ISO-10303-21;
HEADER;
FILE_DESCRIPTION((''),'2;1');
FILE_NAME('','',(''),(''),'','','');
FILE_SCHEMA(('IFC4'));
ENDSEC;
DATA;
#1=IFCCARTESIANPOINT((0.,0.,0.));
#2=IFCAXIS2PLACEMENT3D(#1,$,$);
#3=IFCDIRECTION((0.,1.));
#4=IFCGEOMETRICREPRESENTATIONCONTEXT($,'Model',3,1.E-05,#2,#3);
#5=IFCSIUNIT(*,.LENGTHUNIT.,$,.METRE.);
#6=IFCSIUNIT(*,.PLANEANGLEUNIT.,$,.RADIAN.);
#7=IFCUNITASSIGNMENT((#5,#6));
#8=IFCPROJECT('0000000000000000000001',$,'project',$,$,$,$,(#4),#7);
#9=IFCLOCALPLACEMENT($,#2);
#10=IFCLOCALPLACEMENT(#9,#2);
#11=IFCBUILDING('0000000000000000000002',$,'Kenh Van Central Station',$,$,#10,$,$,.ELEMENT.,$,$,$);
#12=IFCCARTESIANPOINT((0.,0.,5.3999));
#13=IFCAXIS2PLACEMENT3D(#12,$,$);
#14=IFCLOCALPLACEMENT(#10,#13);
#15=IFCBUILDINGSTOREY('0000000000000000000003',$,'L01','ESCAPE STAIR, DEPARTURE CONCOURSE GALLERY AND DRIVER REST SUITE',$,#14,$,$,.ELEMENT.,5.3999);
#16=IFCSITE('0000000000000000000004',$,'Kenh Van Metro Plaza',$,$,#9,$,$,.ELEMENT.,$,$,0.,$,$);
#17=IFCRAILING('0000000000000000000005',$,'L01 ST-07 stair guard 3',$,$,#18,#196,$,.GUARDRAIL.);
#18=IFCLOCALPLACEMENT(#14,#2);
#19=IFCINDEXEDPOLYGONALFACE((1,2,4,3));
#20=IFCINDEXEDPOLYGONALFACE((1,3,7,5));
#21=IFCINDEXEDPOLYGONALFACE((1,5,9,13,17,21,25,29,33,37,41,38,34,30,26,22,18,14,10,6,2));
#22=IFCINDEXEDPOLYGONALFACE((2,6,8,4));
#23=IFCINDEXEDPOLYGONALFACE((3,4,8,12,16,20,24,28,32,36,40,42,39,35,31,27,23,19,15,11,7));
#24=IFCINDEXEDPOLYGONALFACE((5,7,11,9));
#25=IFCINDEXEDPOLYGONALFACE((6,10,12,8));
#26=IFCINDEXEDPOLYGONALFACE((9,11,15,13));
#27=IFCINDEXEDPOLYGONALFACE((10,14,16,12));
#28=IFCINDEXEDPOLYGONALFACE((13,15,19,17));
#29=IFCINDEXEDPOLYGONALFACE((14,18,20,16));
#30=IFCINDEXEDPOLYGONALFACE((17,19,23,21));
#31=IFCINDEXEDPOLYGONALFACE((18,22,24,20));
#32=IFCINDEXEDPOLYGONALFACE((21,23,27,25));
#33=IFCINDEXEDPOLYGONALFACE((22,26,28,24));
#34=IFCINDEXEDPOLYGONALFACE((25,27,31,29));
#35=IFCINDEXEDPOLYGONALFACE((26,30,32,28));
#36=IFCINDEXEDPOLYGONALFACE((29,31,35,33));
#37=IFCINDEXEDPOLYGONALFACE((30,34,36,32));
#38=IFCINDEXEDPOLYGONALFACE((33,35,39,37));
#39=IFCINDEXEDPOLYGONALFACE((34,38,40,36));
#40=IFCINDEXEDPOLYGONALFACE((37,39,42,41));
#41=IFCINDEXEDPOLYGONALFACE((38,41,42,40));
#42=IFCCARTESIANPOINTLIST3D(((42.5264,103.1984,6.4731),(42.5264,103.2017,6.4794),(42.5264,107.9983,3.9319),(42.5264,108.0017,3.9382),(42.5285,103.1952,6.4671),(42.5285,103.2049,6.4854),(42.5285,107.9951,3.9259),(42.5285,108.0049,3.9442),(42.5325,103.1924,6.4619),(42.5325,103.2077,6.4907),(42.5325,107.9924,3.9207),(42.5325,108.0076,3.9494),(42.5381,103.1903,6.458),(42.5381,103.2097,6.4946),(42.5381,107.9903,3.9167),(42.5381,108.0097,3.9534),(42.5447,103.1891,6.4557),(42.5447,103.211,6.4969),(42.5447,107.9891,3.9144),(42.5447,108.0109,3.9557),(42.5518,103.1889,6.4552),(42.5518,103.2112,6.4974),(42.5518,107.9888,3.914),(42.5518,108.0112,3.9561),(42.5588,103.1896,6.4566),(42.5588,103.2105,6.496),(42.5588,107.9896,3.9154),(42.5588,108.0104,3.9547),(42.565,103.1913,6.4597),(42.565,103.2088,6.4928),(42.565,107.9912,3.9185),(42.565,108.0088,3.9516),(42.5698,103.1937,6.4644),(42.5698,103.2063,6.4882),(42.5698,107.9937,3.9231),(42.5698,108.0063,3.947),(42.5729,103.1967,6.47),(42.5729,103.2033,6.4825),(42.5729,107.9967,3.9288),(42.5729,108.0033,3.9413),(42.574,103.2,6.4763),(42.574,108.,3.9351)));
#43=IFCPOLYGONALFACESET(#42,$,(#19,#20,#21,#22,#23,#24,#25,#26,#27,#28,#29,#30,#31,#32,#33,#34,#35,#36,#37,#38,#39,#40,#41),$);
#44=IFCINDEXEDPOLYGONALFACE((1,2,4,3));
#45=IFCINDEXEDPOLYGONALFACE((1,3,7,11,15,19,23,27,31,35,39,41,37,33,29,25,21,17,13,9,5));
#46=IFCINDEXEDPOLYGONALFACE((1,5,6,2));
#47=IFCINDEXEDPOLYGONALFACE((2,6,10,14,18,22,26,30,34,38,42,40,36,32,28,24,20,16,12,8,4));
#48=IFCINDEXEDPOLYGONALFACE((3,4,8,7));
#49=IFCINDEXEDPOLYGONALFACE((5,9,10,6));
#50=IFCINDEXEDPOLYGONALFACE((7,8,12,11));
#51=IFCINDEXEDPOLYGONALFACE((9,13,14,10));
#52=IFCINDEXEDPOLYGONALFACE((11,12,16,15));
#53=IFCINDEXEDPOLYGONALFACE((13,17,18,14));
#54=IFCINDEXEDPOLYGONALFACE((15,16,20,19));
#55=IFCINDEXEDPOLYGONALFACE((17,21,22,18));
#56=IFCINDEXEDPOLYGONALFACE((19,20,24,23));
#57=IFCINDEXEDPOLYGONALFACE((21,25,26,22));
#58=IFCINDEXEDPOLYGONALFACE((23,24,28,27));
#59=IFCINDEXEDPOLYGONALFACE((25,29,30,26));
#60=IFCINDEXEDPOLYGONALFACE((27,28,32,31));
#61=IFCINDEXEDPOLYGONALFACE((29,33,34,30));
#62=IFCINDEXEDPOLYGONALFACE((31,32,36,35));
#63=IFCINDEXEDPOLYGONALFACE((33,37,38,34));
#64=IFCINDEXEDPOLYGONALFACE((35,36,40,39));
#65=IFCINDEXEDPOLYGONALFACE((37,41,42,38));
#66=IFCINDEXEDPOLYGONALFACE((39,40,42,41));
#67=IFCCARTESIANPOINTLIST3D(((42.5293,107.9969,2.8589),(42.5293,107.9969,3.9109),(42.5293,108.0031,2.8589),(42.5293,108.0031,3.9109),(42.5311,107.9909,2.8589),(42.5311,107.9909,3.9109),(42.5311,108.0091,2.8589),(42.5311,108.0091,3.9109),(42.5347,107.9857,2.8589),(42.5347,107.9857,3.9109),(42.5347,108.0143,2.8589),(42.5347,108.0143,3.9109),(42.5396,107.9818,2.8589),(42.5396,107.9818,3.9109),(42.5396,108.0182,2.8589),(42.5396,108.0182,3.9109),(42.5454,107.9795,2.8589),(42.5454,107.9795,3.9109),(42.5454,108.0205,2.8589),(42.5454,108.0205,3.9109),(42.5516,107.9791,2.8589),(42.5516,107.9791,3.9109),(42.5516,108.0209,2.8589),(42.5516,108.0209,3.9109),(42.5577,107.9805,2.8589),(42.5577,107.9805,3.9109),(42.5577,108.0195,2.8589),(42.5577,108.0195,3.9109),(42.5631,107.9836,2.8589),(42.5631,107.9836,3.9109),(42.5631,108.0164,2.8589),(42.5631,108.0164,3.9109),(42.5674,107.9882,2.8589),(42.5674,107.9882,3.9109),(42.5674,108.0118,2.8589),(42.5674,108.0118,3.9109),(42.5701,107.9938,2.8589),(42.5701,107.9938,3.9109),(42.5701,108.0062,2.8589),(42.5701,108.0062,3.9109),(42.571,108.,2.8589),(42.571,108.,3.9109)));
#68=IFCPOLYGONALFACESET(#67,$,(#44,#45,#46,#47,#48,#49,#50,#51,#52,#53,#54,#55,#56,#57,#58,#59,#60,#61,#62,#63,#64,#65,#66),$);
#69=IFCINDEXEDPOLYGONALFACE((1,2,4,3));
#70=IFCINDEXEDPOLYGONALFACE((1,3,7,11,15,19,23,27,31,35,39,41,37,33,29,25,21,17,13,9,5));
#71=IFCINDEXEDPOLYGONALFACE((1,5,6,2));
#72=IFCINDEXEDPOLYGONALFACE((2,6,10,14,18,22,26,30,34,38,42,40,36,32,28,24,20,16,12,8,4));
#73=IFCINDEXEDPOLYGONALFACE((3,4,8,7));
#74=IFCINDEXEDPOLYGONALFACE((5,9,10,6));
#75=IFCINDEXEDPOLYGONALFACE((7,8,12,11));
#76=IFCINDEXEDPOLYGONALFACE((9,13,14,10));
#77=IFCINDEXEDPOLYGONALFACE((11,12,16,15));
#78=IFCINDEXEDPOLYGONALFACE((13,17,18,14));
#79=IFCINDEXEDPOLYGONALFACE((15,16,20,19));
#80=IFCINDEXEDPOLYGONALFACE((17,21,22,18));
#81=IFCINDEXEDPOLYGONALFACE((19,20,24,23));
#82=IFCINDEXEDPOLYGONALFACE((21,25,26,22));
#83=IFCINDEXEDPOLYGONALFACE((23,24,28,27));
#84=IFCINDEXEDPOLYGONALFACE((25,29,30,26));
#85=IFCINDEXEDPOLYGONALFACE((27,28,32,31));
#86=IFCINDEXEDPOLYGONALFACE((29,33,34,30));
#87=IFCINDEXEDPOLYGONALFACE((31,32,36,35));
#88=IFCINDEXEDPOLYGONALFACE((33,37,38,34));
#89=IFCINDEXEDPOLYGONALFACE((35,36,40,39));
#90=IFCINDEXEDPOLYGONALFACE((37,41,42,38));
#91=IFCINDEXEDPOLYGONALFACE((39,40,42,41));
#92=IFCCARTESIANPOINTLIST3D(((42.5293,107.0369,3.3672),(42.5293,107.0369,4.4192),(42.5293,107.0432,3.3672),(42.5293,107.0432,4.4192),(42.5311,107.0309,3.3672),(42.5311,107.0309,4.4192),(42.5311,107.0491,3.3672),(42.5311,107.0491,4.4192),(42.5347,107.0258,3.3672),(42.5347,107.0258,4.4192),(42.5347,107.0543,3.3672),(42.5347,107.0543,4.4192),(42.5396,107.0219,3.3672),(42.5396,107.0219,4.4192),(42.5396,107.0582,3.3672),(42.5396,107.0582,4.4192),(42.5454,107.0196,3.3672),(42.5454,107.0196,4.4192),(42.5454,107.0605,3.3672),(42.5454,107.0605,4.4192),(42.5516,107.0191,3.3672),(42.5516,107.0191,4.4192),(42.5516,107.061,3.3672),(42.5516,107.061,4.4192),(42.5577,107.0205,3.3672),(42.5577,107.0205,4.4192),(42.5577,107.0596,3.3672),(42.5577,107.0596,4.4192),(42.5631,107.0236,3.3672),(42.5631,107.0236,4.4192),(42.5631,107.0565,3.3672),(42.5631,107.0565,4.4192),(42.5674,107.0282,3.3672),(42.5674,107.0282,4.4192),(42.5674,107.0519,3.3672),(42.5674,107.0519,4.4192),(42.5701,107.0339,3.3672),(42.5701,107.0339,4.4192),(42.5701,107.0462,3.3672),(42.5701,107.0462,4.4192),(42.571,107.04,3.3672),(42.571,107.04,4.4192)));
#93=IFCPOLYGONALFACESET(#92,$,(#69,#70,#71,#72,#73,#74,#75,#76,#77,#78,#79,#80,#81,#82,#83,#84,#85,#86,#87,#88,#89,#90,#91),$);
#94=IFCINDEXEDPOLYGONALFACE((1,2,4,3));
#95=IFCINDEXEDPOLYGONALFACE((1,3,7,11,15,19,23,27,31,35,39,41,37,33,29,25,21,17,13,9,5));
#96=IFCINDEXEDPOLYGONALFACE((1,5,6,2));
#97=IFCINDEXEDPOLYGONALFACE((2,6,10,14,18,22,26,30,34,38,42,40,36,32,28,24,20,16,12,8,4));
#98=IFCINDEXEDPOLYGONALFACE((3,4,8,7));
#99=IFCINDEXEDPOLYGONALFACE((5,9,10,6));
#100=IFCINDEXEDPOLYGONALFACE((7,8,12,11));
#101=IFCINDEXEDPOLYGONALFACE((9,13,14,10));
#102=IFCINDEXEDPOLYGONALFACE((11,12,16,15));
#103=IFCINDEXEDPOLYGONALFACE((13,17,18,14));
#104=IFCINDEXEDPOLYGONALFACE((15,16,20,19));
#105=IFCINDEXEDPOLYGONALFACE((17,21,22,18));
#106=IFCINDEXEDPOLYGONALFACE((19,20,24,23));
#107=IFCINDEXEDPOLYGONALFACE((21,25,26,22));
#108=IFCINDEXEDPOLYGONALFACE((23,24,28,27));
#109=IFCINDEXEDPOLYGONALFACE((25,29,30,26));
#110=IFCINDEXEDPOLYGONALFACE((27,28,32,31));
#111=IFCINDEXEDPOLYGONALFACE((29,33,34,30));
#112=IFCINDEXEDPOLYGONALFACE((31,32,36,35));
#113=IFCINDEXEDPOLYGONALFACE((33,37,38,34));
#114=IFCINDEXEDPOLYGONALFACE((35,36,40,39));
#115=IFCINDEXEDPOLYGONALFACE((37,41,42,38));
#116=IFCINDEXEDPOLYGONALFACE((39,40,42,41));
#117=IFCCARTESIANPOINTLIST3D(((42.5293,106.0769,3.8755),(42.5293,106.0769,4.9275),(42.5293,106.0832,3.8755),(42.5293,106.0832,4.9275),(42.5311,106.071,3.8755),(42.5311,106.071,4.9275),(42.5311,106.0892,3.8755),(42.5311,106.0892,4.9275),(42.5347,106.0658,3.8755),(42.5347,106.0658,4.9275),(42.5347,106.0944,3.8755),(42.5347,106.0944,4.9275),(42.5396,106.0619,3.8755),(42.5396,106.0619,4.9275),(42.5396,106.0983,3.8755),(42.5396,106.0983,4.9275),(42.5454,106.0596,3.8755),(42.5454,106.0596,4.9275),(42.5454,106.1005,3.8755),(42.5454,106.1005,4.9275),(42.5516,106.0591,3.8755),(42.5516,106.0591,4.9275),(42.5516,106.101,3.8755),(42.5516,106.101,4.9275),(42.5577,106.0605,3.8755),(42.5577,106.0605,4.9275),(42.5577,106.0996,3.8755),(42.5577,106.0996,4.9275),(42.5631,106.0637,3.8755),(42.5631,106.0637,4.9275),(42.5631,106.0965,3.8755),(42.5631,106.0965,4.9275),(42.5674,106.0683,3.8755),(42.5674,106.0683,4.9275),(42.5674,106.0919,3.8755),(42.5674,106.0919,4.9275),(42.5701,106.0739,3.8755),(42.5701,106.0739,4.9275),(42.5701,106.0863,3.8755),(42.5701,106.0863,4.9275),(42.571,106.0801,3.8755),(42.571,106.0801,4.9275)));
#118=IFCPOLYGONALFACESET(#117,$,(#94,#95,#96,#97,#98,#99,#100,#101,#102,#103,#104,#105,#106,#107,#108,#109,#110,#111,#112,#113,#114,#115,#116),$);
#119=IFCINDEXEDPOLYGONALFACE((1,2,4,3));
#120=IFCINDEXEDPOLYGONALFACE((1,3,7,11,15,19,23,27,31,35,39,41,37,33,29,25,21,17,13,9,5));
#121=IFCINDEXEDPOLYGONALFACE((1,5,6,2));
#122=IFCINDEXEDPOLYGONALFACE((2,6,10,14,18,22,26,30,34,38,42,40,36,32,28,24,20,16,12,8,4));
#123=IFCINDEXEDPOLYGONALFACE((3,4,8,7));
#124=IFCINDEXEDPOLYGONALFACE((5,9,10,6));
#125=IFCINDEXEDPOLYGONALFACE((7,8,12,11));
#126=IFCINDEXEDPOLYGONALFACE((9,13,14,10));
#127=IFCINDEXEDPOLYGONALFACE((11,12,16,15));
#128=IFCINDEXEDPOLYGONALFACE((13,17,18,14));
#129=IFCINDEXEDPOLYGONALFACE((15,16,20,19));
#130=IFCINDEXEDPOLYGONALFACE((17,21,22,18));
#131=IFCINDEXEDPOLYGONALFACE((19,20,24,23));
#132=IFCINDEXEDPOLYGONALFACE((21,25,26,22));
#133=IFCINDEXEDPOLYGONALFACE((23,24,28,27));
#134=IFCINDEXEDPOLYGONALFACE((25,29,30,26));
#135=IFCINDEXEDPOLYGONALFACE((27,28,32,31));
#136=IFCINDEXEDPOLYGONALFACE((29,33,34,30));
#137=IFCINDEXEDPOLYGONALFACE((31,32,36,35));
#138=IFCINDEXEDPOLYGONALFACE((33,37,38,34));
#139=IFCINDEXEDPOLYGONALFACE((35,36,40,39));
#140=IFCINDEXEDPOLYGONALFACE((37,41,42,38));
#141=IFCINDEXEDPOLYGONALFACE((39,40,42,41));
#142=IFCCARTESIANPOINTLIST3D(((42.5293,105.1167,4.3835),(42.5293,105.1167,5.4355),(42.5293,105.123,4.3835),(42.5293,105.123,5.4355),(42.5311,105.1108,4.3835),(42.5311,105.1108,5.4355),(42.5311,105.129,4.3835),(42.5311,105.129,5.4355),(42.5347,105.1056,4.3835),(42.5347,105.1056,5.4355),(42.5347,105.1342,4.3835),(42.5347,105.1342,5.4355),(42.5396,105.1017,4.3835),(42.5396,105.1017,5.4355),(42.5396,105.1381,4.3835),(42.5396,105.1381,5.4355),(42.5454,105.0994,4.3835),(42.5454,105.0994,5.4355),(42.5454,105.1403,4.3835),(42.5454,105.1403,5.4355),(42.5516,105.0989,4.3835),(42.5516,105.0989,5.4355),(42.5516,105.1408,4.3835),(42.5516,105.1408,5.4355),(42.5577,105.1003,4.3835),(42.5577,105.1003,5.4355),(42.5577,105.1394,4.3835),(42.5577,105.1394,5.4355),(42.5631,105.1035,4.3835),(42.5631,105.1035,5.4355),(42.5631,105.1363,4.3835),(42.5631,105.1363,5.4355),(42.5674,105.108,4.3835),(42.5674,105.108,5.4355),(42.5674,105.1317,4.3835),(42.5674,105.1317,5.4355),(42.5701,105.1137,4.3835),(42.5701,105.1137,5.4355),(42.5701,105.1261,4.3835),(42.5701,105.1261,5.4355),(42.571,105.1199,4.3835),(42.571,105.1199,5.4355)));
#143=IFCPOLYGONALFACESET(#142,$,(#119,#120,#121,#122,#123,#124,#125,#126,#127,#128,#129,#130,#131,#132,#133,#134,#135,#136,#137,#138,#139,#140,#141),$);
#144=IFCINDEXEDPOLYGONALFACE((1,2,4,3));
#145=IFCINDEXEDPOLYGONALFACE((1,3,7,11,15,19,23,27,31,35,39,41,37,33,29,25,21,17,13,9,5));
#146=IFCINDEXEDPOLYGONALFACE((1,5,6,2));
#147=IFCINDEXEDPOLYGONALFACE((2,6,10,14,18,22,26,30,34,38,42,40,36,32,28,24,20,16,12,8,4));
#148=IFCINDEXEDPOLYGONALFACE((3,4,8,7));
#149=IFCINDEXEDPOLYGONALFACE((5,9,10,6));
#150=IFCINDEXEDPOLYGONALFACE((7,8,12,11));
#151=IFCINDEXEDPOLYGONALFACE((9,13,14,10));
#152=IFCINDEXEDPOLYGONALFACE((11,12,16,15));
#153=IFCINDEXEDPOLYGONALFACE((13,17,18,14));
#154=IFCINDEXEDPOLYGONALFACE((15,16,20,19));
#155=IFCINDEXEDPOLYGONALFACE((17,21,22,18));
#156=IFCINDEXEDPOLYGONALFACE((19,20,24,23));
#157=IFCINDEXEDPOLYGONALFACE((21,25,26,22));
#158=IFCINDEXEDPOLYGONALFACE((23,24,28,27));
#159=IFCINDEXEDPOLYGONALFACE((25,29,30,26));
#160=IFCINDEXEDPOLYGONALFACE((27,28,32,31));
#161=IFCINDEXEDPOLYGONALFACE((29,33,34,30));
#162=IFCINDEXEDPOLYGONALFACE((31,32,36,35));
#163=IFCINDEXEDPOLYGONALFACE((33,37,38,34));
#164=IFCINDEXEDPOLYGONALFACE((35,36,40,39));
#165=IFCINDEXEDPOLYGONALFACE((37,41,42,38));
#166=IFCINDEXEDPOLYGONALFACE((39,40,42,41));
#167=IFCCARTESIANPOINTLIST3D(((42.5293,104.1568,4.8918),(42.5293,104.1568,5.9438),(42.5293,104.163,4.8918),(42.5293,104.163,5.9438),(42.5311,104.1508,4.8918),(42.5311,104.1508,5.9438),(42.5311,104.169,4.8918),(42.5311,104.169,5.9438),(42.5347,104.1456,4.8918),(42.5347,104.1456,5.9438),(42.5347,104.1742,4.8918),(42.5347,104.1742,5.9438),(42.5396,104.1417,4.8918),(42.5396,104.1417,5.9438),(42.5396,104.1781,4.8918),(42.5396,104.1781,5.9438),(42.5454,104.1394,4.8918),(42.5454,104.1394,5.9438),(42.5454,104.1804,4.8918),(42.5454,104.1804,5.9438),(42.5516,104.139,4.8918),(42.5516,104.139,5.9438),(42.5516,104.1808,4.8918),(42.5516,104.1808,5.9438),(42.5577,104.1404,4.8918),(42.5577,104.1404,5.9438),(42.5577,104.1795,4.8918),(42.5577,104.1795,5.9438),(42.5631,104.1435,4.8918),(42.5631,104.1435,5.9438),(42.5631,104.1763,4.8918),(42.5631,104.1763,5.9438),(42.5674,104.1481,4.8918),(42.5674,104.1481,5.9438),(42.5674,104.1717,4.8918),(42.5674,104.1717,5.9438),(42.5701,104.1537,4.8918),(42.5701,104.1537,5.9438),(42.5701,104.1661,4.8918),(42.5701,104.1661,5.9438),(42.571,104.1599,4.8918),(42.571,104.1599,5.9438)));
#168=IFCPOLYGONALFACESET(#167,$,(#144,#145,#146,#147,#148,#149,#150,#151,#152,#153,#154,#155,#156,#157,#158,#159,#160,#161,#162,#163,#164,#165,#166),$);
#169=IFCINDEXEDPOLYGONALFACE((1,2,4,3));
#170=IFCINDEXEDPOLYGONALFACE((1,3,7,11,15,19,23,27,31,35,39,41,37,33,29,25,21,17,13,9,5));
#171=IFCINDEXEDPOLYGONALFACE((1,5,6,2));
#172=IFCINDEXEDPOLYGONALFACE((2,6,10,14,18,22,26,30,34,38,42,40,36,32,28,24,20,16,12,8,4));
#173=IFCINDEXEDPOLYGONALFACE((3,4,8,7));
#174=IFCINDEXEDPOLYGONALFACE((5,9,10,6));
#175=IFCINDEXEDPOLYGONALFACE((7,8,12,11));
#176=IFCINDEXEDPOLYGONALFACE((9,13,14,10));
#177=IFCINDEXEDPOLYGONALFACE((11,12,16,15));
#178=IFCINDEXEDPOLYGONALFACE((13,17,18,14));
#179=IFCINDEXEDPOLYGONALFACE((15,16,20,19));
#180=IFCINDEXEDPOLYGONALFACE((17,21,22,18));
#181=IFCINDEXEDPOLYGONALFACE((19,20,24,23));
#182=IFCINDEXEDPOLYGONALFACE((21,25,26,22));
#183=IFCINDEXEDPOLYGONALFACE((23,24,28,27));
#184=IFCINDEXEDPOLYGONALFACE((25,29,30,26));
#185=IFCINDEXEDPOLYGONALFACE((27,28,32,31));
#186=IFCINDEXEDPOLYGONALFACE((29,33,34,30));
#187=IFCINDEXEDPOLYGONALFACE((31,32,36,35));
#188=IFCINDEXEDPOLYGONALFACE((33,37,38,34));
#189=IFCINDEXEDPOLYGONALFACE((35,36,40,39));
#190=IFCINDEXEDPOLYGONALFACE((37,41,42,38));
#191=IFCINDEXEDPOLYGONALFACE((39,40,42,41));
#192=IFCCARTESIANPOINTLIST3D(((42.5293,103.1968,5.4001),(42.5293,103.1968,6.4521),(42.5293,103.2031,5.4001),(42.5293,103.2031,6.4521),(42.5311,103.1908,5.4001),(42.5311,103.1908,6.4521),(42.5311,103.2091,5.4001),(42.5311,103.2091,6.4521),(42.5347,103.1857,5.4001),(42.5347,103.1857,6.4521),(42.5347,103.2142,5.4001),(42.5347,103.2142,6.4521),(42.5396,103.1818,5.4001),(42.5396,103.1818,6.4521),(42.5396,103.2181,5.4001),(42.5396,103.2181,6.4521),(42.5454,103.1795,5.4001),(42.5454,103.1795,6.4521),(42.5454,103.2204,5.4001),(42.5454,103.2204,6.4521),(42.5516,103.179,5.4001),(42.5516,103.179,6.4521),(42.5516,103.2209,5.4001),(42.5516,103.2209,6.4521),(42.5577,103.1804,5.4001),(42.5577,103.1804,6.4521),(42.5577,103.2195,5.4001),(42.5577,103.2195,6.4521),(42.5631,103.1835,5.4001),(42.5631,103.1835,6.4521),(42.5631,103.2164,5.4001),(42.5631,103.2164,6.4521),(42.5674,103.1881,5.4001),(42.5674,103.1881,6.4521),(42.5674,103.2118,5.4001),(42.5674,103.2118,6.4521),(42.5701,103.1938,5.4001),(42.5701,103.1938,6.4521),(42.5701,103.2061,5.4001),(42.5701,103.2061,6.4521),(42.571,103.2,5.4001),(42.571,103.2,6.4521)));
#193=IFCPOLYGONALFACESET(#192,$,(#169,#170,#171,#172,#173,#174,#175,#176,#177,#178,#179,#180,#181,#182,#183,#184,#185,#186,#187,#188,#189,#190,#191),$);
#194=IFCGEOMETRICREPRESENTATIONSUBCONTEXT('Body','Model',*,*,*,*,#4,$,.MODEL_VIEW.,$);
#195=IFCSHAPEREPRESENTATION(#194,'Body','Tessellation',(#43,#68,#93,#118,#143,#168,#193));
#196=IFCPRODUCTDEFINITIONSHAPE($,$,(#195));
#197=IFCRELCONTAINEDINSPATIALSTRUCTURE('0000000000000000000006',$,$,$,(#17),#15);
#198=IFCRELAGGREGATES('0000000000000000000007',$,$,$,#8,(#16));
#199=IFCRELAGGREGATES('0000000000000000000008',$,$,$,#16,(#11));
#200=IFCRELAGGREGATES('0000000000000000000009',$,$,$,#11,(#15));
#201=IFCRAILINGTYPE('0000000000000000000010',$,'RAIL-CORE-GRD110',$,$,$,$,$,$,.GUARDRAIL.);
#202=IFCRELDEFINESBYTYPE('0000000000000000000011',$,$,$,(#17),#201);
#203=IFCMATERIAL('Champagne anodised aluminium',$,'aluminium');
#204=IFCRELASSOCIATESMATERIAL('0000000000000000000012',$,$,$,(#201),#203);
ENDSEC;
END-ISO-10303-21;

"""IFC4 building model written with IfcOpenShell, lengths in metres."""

from ifc_helpers import new_model, si_unit, direction, frame, origin, origin_2d, place, context, subcontext, project, spatial, circle, extrude, material, type_object, element, save


model = new_model("IFC4")

# Units and contexts
model_context = context("Model", 3, precision=1e-05, world=origin(), true_north=direction((0.0, 1.0)))
body_context = subcontext(model_context, "Body", "Model", "MODEL_VIEW")
ifc_project = project(units=[si_unit("LENGTHUNIT", "METRE"), si_unit("PLANEANGLEUNIT", "RADIAN")], contexts=[model_context])

# Site, building, storey
site_placement = place(None, origin())
site = spatial("IfcSite", under=ifc_project, at=site_placement, Name="Kenh Van Metro Plaza", CompositionType="ELEMENT", RefElevation=0.0)
building_placement = place(site_placement, origin())
building = spatial("IfcBuilding", under=site, at=building_placement, Name="Kenh Van Central Station", CompositionType="ELEMENT")
storey_placement = place(building_placement, frame((0.0, 0.0, 5.3999)))
storey = spatial("IfcBuildingStorey", under=building, at=storey_placement, Name="L01", Description="ESCAPE STAIR, DEPARTURE CONCOURSE GALLERY AND DRIVER REST SUITE", CompositionType="ELEMENT", Elevation=5.3999)

# Shared definitions
ifc_material_1 = material(Name="Champagne anodised aluminium", Category="aluminium")

# Railing
railing_type_1 = type_object("IfcRailingType", Name="RAIL-CORE-GRD110", PredefinedType="GUARDRAIL", material=ifc_material_1)
railing_1_placement = place(storey_placement, frame((42.55, 108.0, 2.8589)))
element("IfcRailing", 1, at=railing_1_placement, inside=storey, type_object=railing_type_1, Name="L01 ST-07 stair guard 3", PredefinedType="GUARDRAIL", context=body_context, shape_type="SweptSolid", body=[
    extrude(circle(Radius=0.0239, at=origin_2d()), frame((0.0, 0.0, 1.0762), z_axis=(0.0, -0.883784, 0.467896), x_axis=(1.0, 0.0, 0.0)), (0.0, 0.0, 1.0), 5.4312),
    extrude(circle(Radius=0.021, at=origin_2d()), origin(), (0.0, 0.0, 1.0), 1.052),
    extrude(circle(Radius=0.021, at=origin_2d()), frame((0.0, -0.96, 0.5083)), (0.0, 0.0, 1.0), 1.052),
    extrude(circle(Radius=0.021, at=origin_2d()), frame((0.0, -1.9199, 1.0166)), (0.0, 0.0, 1.0), 1.052),
    extrude(circle(Radius=0.021, at=origin_2d()), frame((0.0, -2.8801, 1.5247)), (0.0, 0.0, 1.0), 1.052),
    extrude(circle(Radius=0.021, at=origin_2d()), frame((0.0, -3.8401, 2.033)), (0.0, 0.0, 1.0), 1.052),
    extrude(circle(Radius=0.021, at=origin_2d()), frame((0.0, -4.8, 2.5413)), (0.0, 0.0, 1.0), 1.052),
])

save(model, "model.ifc")
